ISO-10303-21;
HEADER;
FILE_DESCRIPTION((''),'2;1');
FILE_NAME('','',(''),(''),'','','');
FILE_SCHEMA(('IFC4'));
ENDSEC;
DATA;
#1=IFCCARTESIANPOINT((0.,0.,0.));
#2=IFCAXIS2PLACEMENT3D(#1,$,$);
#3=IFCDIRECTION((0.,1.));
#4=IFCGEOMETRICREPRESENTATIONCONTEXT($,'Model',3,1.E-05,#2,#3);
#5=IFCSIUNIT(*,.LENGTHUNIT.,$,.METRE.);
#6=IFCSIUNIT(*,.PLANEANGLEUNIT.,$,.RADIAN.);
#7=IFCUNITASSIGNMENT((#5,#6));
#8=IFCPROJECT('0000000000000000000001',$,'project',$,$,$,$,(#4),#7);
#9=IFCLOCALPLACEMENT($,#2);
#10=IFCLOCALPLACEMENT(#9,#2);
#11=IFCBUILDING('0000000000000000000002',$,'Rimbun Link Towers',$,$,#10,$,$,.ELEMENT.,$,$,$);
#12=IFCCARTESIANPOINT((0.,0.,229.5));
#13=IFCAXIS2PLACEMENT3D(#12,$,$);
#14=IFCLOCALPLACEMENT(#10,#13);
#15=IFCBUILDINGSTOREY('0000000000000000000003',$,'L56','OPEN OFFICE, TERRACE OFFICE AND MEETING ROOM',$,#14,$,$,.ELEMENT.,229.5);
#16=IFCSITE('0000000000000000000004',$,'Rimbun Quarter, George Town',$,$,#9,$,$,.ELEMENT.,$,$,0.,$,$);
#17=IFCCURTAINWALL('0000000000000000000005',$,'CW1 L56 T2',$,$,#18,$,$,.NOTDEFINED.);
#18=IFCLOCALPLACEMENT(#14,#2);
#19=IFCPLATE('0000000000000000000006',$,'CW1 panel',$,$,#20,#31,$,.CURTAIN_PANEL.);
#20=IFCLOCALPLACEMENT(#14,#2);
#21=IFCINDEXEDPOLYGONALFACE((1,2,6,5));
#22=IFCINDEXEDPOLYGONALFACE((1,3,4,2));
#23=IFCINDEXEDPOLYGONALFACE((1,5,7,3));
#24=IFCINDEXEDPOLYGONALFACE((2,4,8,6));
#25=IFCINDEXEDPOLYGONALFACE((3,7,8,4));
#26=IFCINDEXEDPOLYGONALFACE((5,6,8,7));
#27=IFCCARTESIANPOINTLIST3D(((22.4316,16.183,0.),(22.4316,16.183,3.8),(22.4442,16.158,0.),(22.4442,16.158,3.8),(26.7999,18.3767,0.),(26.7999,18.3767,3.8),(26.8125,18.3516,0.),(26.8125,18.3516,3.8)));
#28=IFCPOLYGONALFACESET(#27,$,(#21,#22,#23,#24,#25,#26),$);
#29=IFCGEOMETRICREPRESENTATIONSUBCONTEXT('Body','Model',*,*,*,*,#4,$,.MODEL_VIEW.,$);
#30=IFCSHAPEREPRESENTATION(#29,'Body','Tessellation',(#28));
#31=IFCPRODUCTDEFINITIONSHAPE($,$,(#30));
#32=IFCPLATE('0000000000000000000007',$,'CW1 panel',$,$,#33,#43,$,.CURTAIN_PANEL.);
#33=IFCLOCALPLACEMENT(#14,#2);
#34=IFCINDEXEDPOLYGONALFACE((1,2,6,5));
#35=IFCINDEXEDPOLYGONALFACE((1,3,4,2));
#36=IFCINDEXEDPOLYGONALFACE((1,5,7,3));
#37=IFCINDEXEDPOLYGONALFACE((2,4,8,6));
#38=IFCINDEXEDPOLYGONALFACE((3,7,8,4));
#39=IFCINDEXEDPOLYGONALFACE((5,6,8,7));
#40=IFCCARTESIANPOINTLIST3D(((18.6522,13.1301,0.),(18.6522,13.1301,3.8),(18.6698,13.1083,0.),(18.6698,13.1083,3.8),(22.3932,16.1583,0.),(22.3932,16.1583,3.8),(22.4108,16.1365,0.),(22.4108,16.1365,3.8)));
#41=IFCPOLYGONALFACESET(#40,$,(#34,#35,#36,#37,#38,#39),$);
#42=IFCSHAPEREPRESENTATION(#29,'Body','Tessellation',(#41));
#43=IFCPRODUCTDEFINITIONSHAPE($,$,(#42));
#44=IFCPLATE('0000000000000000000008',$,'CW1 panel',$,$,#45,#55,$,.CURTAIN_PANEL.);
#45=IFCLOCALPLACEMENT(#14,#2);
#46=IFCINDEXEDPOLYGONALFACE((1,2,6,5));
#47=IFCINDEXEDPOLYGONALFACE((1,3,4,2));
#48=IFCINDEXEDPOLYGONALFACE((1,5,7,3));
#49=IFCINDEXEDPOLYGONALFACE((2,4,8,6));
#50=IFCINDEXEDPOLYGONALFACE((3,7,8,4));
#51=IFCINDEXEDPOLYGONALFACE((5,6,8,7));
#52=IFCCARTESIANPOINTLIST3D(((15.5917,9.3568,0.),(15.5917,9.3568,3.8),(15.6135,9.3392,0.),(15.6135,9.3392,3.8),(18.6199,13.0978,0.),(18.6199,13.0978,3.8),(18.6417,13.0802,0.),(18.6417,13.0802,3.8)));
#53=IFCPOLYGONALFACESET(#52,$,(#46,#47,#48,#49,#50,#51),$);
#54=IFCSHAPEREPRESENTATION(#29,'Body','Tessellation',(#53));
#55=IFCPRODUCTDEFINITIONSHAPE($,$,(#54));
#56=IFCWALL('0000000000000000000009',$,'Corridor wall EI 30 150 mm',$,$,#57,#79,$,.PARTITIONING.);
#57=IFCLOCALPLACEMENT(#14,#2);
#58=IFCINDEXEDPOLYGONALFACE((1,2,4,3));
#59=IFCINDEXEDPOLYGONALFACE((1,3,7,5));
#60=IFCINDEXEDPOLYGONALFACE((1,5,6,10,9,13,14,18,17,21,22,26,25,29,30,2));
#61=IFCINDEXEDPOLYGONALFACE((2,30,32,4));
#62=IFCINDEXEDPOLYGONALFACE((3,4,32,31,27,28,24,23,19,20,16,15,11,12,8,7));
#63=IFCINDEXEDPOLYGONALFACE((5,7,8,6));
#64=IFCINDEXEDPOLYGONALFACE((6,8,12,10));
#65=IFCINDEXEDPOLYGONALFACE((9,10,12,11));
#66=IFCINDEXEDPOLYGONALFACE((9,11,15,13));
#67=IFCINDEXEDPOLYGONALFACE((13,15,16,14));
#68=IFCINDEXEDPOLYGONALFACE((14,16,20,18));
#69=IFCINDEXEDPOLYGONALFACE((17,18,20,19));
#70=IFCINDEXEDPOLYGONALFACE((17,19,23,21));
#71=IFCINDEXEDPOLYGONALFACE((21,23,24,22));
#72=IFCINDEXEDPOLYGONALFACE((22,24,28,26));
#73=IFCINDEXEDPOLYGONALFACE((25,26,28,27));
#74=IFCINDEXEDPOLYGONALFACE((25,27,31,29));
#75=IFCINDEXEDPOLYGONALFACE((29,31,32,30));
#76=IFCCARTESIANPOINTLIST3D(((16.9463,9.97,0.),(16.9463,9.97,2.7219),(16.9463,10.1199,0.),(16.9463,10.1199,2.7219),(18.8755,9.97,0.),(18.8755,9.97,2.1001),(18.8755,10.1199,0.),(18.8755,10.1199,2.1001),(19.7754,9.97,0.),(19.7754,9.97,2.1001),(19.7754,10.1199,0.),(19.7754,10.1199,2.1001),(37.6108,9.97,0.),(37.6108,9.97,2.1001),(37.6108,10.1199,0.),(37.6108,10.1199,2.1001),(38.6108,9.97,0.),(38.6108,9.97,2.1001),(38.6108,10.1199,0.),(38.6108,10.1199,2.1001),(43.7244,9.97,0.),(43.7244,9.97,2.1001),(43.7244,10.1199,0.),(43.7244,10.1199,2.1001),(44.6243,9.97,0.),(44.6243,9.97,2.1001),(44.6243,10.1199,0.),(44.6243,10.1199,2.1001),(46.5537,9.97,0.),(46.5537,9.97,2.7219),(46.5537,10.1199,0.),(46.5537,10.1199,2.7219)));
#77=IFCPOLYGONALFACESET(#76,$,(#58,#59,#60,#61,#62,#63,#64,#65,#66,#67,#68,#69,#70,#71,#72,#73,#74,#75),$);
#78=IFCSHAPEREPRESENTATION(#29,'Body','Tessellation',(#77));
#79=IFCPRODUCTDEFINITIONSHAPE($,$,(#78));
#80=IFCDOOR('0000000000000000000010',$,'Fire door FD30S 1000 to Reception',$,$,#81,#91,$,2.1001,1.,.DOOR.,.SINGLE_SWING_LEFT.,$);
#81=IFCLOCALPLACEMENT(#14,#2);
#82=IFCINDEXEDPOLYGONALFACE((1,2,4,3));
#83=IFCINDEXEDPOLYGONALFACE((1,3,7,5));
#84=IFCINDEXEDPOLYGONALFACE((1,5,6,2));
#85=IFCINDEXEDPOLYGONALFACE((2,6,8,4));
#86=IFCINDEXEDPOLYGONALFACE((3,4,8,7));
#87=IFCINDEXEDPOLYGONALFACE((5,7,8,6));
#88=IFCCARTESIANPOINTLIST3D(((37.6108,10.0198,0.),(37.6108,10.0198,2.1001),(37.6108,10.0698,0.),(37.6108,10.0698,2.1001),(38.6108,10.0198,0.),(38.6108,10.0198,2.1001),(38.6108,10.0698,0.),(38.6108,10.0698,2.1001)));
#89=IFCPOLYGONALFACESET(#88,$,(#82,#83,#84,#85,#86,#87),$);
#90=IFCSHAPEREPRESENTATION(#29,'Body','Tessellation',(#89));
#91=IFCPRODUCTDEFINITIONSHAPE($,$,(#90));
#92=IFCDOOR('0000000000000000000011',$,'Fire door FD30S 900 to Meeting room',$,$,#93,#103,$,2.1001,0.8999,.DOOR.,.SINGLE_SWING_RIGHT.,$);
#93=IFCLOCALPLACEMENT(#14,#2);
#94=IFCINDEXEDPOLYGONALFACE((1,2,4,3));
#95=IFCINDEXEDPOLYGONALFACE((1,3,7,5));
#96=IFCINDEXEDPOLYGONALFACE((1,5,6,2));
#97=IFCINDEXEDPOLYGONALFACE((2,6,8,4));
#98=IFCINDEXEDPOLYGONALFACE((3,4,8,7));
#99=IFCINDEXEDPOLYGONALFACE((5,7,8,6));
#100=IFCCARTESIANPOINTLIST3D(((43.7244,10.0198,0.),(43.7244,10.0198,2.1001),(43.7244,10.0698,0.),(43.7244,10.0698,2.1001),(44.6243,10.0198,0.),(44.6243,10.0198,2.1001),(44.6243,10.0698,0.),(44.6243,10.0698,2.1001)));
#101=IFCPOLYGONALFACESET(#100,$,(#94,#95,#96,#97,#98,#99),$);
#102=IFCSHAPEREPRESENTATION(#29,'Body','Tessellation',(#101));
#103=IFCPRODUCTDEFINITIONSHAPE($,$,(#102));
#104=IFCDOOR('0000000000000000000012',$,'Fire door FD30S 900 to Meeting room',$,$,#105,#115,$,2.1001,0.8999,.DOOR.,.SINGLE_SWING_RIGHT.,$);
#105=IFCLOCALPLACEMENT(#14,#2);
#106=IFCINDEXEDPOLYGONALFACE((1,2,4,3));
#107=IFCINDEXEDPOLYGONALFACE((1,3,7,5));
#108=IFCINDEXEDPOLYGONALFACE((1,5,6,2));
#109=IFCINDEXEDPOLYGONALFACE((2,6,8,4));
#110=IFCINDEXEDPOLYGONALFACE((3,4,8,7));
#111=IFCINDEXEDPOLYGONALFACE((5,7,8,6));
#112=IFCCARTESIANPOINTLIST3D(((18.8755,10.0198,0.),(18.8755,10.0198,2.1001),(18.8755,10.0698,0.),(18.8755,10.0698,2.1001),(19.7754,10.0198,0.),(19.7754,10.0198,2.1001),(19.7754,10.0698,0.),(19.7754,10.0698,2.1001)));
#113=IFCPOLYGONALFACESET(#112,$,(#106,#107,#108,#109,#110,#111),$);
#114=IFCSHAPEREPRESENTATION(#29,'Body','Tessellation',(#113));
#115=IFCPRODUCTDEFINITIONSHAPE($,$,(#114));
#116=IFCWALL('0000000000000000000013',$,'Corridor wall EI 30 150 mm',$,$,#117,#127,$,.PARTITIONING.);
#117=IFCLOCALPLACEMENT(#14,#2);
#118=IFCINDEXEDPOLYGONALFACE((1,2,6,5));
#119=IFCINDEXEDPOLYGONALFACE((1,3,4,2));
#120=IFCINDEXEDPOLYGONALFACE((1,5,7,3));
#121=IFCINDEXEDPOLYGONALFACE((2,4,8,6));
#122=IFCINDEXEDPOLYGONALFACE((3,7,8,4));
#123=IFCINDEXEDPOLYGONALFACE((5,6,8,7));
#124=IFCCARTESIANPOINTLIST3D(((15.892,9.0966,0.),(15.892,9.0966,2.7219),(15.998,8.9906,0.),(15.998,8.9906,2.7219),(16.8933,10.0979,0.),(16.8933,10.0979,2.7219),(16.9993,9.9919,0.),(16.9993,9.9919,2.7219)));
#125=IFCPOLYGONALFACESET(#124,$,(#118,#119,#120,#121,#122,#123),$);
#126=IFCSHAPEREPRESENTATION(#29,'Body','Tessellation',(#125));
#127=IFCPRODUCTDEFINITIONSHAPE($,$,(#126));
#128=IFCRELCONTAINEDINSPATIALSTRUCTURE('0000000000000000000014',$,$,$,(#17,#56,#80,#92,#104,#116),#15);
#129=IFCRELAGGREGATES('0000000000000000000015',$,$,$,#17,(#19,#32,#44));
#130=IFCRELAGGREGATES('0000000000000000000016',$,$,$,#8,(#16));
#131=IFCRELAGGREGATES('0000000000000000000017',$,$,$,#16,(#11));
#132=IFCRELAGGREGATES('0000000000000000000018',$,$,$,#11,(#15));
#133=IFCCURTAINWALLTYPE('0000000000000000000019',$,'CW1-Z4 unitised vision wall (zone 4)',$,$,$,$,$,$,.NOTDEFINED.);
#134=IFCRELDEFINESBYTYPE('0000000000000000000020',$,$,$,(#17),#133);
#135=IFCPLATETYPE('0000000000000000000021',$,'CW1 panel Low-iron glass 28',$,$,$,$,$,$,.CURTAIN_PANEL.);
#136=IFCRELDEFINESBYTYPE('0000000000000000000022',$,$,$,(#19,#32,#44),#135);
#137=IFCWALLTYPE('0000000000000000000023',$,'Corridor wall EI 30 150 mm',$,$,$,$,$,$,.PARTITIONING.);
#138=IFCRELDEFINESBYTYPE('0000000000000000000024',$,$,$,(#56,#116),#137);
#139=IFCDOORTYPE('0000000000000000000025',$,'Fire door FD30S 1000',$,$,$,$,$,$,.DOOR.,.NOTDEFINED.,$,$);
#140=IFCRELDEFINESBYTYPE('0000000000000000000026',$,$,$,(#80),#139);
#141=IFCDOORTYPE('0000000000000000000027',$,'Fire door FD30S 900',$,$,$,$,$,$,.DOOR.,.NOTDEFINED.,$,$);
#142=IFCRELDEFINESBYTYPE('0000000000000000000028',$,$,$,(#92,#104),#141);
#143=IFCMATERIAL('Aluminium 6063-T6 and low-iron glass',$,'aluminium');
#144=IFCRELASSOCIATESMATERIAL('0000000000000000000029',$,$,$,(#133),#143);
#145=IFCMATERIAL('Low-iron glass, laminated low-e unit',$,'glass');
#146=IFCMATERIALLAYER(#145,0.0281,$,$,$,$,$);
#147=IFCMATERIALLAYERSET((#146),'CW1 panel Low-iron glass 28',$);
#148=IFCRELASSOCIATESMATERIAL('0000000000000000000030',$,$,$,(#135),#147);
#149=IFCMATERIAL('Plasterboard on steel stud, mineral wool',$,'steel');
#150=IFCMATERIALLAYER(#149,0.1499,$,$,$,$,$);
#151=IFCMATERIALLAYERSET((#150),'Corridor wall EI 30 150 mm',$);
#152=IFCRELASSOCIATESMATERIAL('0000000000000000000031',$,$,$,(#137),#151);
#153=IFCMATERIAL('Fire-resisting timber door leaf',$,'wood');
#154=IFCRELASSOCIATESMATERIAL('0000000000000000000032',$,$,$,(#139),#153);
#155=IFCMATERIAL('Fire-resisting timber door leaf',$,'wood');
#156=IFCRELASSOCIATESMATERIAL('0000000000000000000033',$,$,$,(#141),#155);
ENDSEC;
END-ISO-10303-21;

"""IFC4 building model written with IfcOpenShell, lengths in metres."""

from ifc_helpers import new_model, si_unit, direction, frame, frame_2d, origin, origin_2d, place, context, subcontext, project, spatial, rectangle, extrude, material, layer, layer_set, type_object, element, fill, aggregate, save


model = new_model("IFC4")

# Units and contexts
model_context = context("Model", 3, precision=1e-05, world=origin(), true_north=direction((0.0, 1.0)))
body_context = subcontext(model_context, "Body", "Model", "MODEL_VIEW")
ifc_project = project(units=[si_unit("LENGTHUNIT", "METRE"), si_unit("PLANEANGLEUNIT", "RADIAN")], contexts=[model_context])

# Site, building, storey
site_placement = place(None, origin())
site = spatial("IfcSite", under=ifc_project, at=site_placement, Name="Rimbun Quarter, George Town", CompositionType="ELEMENT", RefElevation=0.0)
building_placement = place(site_placement, origin())
building = spatial("IfcBuilding", under=site, at=building_placement, Name="Rimbun Link Towers", CompositionType="ELEMENT")
storey_placement = place(building_placement, frame((0.0, 0.0, 229.5)))
storey = spatial("IfcBuildingStorey", under=building, at=storey_placement, Name="L56", Description="OPEN OFFICE, TERRACE OFFICE AND MEETING ROOM", CompositionType="ELEMENT", Elevation=229.5)

# Curtain wall
ifc_material_1 = material(Name="Aluminium 6063-T6 and low-iron glass", Category="aluminium")
curtain_wall_type = type_object("IfcCurtainWallType", Name="CW1-Z4 unitised vision wall (zone 4)", PredefinedType="NOTDEFINED", material=ifc_material_1)
curtain_wall_placement = place(storey_placement, origin())
curtain_wall = element("IfcCurtainWall", 1, at=curtain_wall_placement, inside=storey, type_object=curtain_wall_type, Name="CW1 L56 T2", PredefinedType="NOTDEFINED")

# Plates
ifc_material_2 = material(Name="Low-iron glass, laminated low-e unit", Category="glass")
ifc_layer_1 = layer(ifc_material_2, 0.0281)
ifc_layer_set_1 = layer_set([ifc_layer_1], Name="CW1 panel Low-iron glass 28")
plate_type = type_object("IfcPlateType", Name="CW1 panel Low-iron glass 28", PredefinedType="CURTAIN_PANEL", material=ifc_layer_set_1)
plate_1_placement = place(storey_placement, frame((24.6221, 17.2673, 0.0), z_axis=(0.0, 0.0, 1.0), x_axis=(0.893647, 0.448771, 0.0)))
plate_1 = element("IfcPlate", 2, at=plate_1_placement, type_object=plate_type, Name="CW1 panel", PredefinedType="CURTAIN_PANEL", context=body_context, shape_type="SweptSolid", body=[
    extrude(rectangle(XDim=4.8882, YDim=0.0281, at=origin_2d()), origin(), (0.0, 0.0, 1.0), 3.8),
])
plate_2_placement = place(storey_placement, frame((20.5315, 14.6333, 0.0), z_axis=(0.0, 0.0, 1.0), x_axis=(0.777276, 0.62916, 0.0)))
plate_2 = element("IfcPlate", 3, at=plate_2_placement, type_object=plate_type, Name="CW1 panel", PredefinedType="CURTAIN_PANEL", context=body_context, shape_type="SweptSolid", body=[
    extrude(rectangle(XDim=4.813, YDim=0.0281, at=origin_2d()), origin(), (0.0, 0.0, 1.0), 3.8),
])
plate_3_placement = place(storey_placement, frame((17.1167, 11.2185, 0.0), z_axis=(0.0, 0.0, 1.0), x_axis=(0.62916, 0.777276, 0.0)))
plate_3 = element("IfcPlate", 4, at=plate_3_placement, type_object=plate_type, Name="CW1 panel", PredefinedType="CURTAIN_PANEL", context=body_context, shape_type="SweptSolid", body=[
    extrude(rectangle(XDim=4.813, YDim=0.0281, at=origin_2d()), origin(), (0.0, 0.0, 1.0), 3.8),
])
aggregate(curtain_wall, [plate_1, plate_2, plate_3])

# Wall, openings, doors
ifc_material_3 = material(Name="Plasterboard on steel stud, mineral wool", Category="steel")
ifc_layer_2 = layer(ifc_material_3, 0.1499)
ifc_layer_set_2 = layer_set([ifc_layer_2], Name="Corridor wall EI 30 150 mm")
wall_type_1 = type_object("IfcWallType", Name="Corridor wall EI 30 150 mm", PredefinedType="PARTITIONING", material=ifc_layer_set_2)
wall_1_placement = place(storey_placement, frame((16.9463, 10.0449, 0.0), z_axis=(0.0, 0.0, 1.0), x_axis=(1.0, 0.0, 0.0)))
wall_1 = element("IfcWall", 5, at=wall_1_placement, inside=storey, type_object=wall_type_1, Name="Corridor wall EI 30 150 mm", PredefinedType="PARTITIONING", context=body_context, shape_type="SweptSolid", body=[
    extrude(rectangle(XDim=29.6074, YDim=0.1499, at=frame_2d((14.8037, 0.0))), origin(), (0.0, 0.0, 1.0), 2.7219),
])
opening_1_placement = place(wall_1_placement, frame((26.7781, 0.0, 0.0)))
opening_1 = element("IfcOpeningElement", 6, at=opening_1_placement, cuts=wall_1, PredefinedType="OPENING", context=body_context, shape_type="SweptSolid", body=[
    extrude(rectangle(XDim=0.8999, YDim=2.1001, at=frame_2d((0.45, 1.05))), frame((0.0, 0.085, 0.0), z_axis=(0.0, -1.0, 0.0), x_axis=(1.0, 0.0, 0.0)), (0.0, 0.0, 1.0), 0.1699),
])
opening_2_placement = place(wall_1_placement, frame((20.6646, 0.0, 0.0)))
opening_2 = element("IfcOpeningElement", 7, at=opening_2_placement, cuts=wall_1, PredefinedType="OPENING", context=body_context, shape_type="SweptSolid", body=[
    extrude(rectangle(XDim=1.0, YDim=2.1001, at=frame_2d((0.5, 1.05))), frame((0.0, 0.085, 0.0), z_axis=(0.0, -1.0, 0.0), x_axis=(1.0, 0.0, 0.0)), (0.0, 0.0, 1.0), 0.1699),
])
opening_3_placement = place(wall_1_placement, frame((1.9292, 0.0, 0.0)))
opening_3 = element("IfcOpeningElement", 8, at=opening_3_placement, cuts=wall_1, PredefinedType="OPENING", context=body_context, shape_type="SweptSolid", body=[
    extrude(rectangle(XDim=0.8999, YDim=2.1001, at=frame_2d((0.45, 1.05))), frame((0.0, 0.085, 0.0), z_axis=(0.0, -1.0, 0.0), x_axis=(1.0, 0.0, 0.0)), (0.0, 0.0, 1.0), 0.1699),
])
ifc_material_4 = material(Name="Fire-resisting timber door leaf", Category="wood")
door_type_1 = type_object("IfcDoorType", Name="Fire door FD30S 1000", OperationType="NOTDEFINED", PredefinedType="DOOR", material=ifc_material_4)
door_1_placement = place(opening_2_placement, origin())
door_1 = element("IfcDoor", 9, at=door_1_placement, inside=storey, type_object=door_type_1, Name="Fire door FD30S 1000 to Reception", OperationType="SINGLE_SWING_LEFT", OverallHeight=2.1001, OverallWidth=1.0, PredefinedType="DOOR", context=body_context, shape_type="SweptSolid", body=[
    extrude(rectangle(XDim=1.0, YDim=2.1001, at=frame_2d((0.5, 1.05))), frame((0.0, 0.0249, 0.0), z_axis=(0.0, -1.0, 0.0), x_axis=(1.0, 0.0, 0.0)), (0.0, 0.0, 1.0), 0.05),
])
fill(opening_2, door_1)
ifc_material_5 = material(Name="Fire-resisting timber door leaf", Category="wood")
door_type_2 = type_object("IfcDoorType", Name="Fire door FD30S 900", OperationType="NOTDEFINED", PredefinedType="DOOR", material=ifc_material_5)
door_2_placement = place(opening_1_placement, origin())
door_2 = element("IfcDoor", 10, at=door_2_placement, inside=storey, type_object=door_type_2, Name="Fire door FD30S 900 to Meeting room", OperationType="SINGLE_SWING_RIGHT", OverallHeight=2.1001, OverallWidth=0.8999, PredefinedType="DOOR", context=body_context, shape_type="SweptSolid", body=[
    extrude(rectangle(XDim=0.8999, YDim=2.1001, at=frame_2d((0.45, 1.05))), frame((0.0, 0.0249, 0.0), z_axis=(0.0, -1.0, 0.0), x_axis=(1.0, 0.0, 0.0)), (0.0, 0.0, 1.0), 0.05),
])
fill(opening_1, door_2)
door_3_placement = place(opening_3_placement, origin())
door_3 = element("IfcDoor", 11, at=door_3_placement, inside=storey, type_object=door_type_2, Name="Fire door FD30S 900 to Meeting room", OperationType="SINGLE_SWING_RIGHT", OverallHeight=2.1001, OverallWidth=0.8999, PredefinedType="DOOR", context=body_context, shape_type="SweptSolid", body=[
    extrude(rectangle(XDim=0.8999, YDim=2.1001, at=frame_2d((0.45, 1.05))), frame((0.0, 0.0249, 0.0), z_axis=(0.0, -1.0, 0.0), x_axis=(1.0, 0.0, 0.0)), (0.0, 0.0, 1.0), 0.05),
])
fill(opening_3, door_3)

# Wall
wall_2_placement = place(storey_placement, frame((16.9463, 10.0449, 0.0), z_axis=(0.0, 0.0, 1.0), x_axis=(-0.707107, -0.707107, 0.0)))
element("IfcWall", 12, at=wall_2_placement, inside=storey, type_object=wall_type_1, Name="Corridor wall EI 30 150 mm", PredefinedType="PARTITIONING", context=body_context, shape_type="SweptSolid", body=[
    extrude(rectangle(XDim=1.416, YDim=0.1499, at=frame_2d((0.708, 0.0))), origin(), (0.0, 0.0, 1.0), 2.7219),
])

save(model, "model.ifc")
